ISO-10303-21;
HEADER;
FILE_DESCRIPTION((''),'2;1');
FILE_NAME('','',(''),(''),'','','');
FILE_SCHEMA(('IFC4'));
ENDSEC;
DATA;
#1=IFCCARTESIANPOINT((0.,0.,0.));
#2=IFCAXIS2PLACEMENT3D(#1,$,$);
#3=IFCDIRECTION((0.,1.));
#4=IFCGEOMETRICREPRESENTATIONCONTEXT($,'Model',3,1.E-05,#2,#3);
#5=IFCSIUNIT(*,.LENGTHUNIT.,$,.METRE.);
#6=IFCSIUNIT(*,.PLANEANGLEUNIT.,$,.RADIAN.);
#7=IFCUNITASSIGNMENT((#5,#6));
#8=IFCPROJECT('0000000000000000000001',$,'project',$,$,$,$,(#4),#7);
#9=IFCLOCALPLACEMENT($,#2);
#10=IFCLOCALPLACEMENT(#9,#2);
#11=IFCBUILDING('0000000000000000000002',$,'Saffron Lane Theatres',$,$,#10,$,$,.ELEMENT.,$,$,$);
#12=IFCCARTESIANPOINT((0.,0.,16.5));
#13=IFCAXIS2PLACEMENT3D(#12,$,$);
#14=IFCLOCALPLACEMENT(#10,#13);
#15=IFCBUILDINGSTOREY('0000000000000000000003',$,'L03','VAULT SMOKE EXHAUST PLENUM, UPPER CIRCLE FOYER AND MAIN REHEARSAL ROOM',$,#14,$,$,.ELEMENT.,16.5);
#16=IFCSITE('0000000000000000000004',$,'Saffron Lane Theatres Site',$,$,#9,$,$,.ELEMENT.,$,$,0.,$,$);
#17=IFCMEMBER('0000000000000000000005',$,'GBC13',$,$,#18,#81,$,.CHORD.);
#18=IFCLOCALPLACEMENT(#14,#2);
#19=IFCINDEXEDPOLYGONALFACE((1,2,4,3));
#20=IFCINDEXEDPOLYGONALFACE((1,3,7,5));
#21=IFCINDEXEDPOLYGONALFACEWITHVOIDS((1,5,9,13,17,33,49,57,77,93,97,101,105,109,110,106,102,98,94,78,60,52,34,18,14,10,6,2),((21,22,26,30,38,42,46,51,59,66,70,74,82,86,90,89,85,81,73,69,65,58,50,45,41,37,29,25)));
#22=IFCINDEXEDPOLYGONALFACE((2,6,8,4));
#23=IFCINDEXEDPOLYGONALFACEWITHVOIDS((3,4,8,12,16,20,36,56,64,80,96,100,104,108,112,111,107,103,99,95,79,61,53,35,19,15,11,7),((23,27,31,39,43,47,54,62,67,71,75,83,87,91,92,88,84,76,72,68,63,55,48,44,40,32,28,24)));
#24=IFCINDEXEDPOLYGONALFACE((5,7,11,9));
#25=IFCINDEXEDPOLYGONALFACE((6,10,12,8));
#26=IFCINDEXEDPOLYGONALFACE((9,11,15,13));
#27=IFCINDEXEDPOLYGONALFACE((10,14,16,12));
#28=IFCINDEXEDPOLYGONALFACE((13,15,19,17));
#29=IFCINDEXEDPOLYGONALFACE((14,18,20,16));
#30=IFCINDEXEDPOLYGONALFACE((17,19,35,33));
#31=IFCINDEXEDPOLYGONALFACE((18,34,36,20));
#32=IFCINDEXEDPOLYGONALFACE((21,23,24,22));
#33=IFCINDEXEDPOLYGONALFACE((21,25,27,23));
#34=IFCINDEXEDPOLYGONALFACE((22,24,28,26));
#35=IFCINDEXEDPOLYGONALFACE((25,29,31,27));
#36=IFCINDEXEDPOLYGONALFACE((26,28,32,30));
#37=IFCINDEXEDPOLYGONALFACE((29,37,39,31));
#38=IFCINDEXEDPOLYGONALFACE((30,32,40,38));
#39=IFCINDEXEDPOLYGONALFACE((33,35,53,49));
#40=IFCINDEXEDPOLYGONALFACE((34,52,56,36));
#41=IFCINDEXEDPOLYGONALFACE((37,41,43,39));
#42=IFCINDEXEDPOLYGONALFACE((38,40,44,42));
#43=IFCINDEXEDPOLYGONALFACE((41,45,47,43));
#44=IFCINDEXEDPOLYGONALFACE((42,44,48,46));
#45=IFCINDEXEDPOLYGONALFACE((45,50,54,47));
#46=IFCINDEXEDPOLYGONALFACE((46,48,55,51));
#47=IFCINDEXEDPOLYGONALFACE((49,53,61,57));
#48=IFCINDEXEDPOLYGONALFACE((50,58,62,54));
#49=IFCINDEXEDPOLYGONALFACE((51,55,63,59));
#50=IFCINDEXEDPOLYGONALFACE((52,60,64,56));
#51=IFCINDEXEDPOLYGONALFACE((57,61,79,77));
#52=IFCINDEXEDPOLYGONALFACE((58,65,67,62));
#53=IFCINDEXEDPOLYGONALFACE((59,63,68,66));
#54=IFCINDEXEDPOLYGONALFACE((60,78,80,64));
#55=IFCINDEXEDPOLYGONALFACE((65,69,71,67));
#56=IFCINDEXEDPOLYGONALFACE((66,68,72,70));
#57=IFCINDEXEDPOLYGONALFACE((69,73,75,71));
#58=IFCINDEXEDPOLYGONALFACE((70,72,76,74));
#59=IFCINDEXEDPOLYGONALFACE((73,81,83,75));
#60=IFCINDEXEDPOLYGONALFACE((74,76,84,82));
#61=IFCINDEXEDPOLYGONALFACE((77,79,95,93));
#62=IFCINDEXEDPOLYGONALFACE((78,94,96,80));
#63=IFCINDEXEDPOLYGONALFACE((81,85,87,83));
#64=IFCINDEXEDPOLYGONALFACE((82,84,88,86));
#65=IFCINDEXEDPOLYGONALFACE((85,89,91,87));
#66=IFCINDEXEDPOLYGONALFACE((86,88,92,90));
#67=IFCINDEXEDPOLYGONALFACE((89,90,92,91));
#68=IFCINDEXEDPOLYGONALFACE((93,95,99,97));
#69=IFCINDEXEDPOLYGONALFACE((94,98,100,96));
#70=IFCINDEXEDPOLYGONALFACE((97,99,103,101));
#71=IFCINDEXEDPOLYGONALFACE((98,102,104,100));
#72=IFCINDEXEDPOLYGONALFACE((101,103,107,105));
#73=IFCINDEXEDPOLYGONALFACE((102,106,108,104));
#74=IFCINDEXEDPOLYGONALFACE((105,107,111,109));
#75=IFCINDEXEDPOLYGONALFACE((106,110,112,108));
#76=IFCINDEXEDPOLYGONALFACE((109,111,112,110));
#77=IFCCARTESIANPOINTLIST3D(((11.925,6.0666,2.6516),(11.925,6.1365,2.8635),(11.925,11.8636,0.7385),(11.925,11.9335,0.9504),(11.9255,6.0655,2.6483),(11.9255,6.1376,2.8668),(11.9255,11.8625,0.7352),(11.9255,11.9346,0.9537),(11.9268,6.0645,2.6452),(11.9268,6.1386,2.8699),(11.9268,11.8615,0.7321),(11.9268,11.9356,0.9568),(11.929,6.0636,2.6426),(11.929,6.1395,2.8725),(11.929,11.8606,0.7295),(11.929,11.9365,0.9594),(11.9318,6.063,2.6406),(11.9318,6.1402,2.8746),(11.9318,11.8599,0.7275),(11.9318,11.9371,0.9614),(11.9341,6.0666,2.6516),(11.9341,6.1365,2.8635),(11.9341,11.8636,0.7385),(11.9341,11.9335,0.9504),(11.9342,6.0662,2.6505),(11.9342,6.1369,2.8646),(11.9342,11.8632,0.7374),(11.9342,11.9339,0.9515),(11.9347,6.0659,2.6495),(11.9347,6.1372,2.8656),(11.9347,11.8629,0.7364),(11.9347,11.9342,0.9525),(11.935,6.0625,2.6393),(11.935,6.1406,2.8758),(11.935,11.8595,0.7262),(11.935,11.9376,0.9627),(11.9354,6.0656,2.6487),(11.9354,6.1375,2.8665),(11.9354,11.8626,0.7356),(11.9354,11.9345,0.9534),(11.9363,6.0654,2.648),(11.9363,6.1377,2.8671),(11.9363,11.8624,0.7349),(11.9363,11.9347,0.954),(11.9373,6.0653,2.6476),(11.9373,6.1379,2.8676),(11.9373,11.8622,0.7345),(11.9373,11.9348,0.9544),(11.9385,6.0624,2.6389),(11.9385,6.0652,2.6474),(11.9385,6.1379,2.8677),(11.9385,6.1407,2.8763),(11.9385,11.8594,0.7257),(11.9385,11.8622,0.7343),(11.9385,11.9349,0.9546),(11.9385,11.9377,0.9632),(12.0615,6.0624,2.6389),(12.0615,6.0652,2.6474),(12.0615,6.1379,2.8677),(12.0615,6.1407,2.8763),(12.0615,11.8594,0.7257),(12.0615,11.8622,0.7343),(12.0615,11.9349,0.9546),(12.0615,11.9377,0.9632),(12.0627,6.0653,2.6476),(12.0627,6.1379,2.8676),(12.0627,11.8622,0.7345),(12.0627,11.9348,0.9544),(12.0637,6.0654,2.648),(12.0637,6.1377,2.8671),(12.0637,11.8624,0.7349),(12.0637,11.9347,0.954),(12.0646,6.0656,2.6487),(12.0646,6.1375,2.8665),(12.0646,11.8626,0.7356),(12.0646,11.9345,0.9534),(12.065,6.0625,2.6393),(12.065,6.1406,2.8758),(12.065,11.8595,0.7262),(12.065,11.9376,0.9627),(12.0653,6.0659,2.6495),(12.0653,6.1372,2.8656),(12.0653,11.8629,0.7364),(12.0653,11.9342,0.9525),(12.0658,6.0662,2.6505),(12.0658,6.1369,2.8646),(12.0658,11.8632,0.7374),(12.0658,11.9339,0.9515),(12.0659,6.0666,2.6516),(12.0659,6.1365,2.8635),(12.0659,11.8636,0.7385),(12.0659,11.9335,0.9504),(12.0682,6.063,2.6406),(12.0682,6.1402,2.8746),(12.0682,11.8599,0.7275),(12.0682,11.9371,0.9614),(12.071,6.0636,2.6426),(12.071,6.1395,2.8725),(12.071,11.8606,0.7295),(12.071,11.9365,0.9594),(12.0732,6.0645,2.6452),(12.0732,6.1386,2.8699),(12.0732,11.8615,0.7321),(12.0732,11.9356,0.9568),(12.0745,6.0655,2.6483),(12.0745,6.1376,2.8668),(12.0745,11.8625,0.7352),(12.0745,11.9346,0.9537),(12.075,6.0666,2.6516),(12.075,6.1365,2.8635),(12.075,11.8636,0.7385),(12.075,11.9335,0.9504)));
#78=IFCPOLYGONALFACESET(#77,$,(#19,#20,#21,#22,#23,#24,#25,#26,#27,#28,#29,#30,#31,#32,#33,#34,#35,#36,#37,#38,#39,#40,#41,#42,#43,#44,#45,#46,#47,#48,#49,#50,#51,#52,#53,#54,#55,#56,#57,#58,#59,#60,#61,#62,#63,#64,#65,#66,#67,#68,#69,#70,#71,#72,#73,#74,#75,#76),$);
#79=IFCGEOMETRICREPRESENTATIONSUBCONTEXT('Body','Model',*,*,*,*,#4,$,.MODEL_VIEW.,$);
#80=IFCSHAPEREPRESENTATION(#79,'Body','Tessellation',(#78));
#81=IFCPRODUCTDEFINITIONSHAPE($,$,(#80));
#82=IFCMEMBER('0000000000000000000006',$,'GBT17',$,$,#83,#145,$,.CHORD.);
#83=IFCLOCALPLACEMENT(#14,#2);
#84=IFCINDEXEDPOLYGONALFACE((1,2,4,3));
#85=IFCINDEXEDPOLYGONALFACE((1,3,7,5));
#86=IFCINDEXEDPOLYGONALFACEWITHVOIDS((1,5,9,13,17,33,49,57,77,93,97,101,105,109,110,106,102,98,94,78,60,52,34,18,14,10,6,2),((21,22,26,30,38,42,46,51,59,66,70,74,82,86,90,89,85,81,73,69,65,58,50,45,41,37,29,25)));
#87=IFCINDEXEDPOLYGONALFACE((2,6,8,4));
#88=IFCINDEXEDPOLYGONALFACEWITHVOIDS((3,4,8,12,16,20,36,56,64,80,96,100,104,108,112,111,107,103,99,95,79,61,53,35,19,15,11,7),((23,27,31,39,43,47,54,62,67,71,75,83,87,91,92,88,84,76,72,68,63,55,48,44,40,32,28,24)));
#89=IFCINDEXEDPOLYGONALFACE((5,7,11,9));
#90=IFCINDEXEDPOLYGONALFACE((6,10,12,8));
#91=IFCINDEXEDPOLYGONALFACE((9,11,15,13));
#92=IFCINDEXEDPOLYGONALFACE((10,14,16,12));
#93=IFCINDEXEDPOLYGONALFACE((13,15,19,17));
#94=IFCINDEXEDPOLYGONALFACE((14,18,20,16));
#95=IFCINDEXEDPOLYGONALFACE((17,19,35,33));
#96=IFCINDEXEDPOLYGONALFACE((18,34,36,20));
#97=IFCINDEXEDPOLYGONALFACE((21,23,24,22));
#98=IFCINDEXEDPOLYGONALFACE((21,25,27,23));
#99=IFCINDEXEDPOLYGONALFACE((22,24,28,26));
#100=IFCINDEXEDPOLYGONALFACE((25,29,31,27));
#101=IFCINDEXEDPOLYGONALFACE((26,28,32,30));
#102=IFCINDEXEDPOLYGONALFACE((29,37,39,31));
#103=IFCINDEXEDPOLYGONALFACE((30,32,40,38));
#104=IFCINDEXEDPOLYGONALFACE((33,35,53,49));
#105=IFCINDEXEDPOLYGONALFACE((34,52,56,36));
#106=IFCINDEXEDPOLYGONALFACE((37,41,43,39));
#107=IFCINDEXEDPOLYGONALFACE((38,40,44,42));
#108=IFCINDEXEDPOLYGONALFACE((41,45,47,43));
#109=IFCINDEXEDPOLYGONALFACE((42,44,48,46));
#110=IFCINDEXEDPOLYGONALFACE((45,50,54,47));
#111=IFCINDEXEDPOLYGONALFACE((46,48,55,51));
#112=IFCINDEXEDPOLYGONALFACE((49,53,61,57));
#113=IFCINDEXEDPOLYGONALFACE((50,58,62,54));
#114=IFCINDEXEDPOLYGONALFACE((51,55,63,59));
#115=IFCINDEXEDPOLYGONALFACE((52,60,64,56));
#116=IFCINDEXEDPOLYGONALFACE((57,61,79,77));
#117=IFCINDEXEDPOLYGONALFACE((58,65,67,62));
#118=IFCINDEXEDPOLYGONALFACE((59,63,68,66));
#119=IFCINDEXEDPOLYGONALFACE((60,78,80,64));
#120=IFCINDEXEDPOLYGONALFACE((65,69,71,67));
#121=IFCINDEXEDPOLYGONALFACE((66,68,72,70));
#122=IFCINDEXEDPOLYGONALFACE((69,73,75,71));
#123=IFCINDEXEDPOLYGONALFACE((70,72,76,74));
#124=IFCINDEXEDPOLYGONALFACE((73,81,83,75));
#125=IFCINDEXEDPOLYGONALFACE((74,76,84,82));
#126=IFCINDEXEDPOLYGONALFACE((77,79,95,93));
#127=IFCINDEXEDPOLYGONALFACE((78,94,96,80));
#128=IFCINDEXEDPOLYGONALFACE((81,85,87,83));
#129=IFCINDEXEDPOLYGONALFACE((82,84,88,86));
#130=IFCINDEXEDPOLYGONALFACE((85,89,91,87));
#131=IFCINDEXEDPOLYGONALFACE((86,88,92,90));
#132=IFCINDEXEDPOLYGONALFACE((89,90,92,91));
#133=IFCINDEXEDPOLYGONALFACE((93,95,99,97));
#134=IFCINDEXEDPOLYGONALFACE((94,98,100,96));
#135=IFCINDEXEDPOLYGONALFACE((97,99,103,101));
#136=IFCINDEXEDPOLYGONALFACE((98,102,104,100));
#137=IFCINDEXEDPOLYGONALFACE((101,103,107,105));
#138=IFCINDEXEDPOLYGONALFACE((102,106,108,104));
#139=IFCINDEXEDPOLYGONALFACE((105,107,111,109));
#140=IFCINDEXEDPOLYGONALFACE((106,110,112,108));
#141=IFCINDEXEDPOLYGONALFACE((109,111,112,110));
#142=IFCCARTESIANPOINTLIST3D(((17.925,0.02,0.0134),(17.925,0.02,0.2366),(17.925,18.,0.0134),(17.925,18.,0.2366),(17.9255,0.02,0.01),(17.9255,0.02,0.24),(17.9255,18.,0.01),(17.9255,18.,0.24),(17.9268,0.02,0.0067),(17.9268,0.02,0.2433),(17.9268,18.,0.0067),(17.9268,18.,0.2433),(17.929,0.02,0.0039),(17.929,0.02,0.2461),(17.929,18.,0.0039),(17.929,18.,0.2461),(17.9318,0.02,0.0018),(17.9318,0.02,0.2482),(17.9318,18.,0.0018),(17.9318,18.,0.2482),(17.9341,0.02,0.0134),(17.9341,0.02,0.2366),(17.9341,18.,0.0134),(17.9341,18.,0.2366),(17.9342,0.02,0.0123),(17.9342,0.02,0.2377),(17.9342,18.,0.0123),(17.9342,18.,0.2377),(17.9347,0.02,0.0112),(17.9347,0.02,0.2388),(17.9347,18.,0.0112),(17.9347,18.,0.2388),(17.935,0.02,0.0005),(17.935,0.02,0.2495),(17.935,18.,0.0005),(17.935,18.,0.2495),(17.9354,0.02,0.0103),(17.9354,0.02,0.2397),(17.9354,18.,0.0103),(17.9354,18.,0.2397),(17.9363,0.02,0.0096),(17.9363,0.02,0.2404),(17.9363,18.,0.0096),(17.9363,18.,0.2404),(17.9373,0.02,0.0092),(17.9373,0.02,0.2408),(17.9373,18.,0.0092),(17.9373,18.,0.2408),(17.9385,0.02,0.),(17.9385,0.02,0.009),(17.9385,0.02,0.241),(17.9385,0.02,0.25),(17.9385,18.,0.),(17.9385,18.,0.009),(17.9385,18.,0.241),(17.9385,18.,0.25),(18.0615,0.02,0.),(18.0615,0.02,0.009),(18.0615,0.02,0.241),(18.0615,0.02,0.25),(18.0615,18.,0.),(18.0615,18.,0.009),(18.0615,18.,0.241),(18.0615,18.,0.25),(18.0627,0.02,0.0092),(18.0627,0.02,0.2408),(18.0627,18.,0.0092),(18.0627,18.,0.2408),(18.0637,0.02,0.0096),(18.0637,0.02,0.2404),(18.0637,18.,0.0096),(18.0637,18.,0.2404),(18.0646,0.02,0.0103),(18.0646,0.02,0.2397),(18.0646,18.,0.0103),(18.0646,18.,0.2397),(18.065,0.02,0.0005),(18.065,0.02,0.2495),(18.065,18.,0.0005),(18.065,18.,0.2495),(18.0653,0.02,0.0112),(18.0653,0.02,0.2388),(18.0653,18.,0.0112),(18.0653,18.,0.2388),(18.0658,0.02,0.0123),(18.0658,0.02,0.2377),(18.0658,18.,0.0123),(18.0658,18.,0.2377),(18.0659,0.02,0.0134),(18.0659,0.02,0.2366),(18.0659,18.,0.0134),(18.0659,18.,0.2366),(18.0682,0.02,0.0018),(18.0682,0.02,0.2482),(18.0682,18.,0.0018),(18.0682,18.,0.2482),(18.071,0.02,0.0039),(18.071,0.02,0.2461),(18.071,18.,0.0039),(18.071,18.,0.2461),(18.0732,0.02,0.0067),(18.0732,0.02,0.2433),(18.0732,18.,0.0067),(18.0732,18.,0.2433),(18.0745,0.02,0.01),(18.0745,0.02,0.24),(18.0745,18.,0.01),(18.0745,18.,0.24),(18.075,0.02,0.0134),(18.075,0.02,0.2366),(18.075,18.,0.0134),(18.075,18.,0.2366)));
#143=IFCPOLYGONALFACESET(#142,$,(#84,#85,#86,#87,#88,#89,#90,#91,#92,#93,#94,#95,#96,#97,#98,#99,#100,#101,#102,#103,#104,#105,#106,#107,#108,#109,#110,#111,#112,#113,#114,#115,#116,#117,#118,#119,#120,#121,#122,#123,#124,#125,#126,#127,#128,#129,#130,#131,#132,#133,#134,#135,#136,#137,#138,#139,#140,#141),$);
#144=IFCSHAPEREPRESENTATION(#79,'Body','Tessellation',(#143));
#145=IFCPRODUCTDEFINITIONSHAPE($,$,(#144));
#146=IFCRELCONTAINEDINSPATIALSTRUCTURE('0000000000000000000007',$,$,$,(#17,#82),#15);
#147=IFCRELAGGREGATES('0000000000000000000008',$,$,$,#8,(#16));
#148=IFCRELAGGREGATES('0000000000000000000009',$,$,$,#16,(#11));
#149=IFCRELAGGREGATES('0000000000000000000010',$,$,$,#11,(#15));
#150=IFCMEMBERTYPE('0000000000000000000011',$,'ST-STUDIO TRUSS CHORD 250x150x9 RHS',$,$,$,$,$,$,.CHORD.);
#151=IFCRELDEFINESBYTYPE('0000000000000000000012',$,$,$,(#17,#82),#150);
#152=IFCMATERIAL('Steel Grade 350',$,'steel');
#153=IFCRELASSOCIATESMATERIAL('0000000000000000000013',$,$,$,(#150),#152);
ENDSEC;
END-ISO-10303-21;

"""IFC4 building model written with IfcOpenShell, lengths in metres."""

from ifc_helpers import new_model, si_unit, direction, frame, origin, origin_2d, place, context, subcontext, project, spatial, hollow_rectangle, extrude, material, material_profile, profile_set, type_object, element, save


model = new_model("IFC4")

# Units and contexts
model_context = context("Model", 3, precision=1e-05, world=origin(), true_north=direction((0.0, 1.0)))
body_context = subcontext(model_context, "Body", "Model", "MODEL_VIEW")
ifc_project = project(units=[si_unit("LENGTHUNIT", "METRE"), si_unit("PLANEANGLEUNIT", "RADIAN")], contexts=[model_context])

# Site, building, storey
site_placement = place(None, origin())
site = spatial("IfcSite", under=ifc_project, at=site_placement, Name="Saffron Lane Theatres Site", CompositionType="ELEMENT", RefElevation=0.0)
building_placement = place(site_placement, origin())
building = spatial("IfcBuilding", under=site, at=building_placement, Name="Saffron Lane Theatres", CompositionType="ELEMENT")
storey_placement = place(building_placement, frame((0.0, 0.0, 16.5)))
storey = spatial("IfcBuildingStorey", under=building, at=storey_placement, Name="L03", Description="VAULT SMOKE EXHAUST PLENUM, UPPER CIRCLE FOYER AND MAIN REHEARSAL ROOM", CompositionType="ELEMENT", Elevation=16.5)

# Members
ifc_material_1 = material(Name="Steel Grade 350", Category="steel")
ifc_material_profile_1 = material_profile(ifc_material_1, hollow_rectangle(XDim=0.1499, YDim=0.25, WallThickness=0.009, InnerFilletRadius=0.0044, OuterFilletRadius=0.0134, at=origin_2d()))
ifc_profile_set_1 = profile_set([ifc_material_profile_1], Name="Steel Grade 350")
member_type_1 = type_object("IfcMemberType", Name="ST-STUDIO TRUSS CHORD 250x150x9 RHS", PredefinedType="CHORD", material=ifc_profile_set_1)
member_1_placement = place(storey_placement, frame((12.0, 6.1016, 2.7576), z_axis=(0.0, 0.949623, -0.313395), x_axis=(-1.0, 0.0, 0.0)))
element("IfcMember", 1, at=member_1_placement, inside=storey, type_object=member_type_1, Name="GBC13", PredefinedType="CHORD", context=body_context, shape_type="SweptSolid", body=[
    extrude(hollow_rectangle(XDim=0.1499, YDim=0.25, WallThickness=0.009, InnerFilletRadius=0.0044, OuterFilletRadius=0.0134, at=origin_2d()), origin(), (0.0, 0.0, 1.0), 6.1045),
])
member_2_placement = place(storey_placement, frame((18.0, 0.02, 0.125), z_axis=(0.0, 1.0, 0.0), x_axis=(-1.0, 0.0, 0.0)))
element("IfcMember", 2, at=member_2_placement, inside=storey, type_object=member_type_1, Name="GBT17", PredefinedType="CHORD", context=body_context, shape_type="SweptSolid", body=[
    extrude(hollow_rectangle(XDim=0.1499, YDim=0.25, WallThickness=0.009, InnerFilletRadius=0.0044, OuterFilletRadius=0.0134, at=origin_2d()), origin(), (0.0, 0.0, 1.0), 17.98),
])

save(model, "model.ifc")
